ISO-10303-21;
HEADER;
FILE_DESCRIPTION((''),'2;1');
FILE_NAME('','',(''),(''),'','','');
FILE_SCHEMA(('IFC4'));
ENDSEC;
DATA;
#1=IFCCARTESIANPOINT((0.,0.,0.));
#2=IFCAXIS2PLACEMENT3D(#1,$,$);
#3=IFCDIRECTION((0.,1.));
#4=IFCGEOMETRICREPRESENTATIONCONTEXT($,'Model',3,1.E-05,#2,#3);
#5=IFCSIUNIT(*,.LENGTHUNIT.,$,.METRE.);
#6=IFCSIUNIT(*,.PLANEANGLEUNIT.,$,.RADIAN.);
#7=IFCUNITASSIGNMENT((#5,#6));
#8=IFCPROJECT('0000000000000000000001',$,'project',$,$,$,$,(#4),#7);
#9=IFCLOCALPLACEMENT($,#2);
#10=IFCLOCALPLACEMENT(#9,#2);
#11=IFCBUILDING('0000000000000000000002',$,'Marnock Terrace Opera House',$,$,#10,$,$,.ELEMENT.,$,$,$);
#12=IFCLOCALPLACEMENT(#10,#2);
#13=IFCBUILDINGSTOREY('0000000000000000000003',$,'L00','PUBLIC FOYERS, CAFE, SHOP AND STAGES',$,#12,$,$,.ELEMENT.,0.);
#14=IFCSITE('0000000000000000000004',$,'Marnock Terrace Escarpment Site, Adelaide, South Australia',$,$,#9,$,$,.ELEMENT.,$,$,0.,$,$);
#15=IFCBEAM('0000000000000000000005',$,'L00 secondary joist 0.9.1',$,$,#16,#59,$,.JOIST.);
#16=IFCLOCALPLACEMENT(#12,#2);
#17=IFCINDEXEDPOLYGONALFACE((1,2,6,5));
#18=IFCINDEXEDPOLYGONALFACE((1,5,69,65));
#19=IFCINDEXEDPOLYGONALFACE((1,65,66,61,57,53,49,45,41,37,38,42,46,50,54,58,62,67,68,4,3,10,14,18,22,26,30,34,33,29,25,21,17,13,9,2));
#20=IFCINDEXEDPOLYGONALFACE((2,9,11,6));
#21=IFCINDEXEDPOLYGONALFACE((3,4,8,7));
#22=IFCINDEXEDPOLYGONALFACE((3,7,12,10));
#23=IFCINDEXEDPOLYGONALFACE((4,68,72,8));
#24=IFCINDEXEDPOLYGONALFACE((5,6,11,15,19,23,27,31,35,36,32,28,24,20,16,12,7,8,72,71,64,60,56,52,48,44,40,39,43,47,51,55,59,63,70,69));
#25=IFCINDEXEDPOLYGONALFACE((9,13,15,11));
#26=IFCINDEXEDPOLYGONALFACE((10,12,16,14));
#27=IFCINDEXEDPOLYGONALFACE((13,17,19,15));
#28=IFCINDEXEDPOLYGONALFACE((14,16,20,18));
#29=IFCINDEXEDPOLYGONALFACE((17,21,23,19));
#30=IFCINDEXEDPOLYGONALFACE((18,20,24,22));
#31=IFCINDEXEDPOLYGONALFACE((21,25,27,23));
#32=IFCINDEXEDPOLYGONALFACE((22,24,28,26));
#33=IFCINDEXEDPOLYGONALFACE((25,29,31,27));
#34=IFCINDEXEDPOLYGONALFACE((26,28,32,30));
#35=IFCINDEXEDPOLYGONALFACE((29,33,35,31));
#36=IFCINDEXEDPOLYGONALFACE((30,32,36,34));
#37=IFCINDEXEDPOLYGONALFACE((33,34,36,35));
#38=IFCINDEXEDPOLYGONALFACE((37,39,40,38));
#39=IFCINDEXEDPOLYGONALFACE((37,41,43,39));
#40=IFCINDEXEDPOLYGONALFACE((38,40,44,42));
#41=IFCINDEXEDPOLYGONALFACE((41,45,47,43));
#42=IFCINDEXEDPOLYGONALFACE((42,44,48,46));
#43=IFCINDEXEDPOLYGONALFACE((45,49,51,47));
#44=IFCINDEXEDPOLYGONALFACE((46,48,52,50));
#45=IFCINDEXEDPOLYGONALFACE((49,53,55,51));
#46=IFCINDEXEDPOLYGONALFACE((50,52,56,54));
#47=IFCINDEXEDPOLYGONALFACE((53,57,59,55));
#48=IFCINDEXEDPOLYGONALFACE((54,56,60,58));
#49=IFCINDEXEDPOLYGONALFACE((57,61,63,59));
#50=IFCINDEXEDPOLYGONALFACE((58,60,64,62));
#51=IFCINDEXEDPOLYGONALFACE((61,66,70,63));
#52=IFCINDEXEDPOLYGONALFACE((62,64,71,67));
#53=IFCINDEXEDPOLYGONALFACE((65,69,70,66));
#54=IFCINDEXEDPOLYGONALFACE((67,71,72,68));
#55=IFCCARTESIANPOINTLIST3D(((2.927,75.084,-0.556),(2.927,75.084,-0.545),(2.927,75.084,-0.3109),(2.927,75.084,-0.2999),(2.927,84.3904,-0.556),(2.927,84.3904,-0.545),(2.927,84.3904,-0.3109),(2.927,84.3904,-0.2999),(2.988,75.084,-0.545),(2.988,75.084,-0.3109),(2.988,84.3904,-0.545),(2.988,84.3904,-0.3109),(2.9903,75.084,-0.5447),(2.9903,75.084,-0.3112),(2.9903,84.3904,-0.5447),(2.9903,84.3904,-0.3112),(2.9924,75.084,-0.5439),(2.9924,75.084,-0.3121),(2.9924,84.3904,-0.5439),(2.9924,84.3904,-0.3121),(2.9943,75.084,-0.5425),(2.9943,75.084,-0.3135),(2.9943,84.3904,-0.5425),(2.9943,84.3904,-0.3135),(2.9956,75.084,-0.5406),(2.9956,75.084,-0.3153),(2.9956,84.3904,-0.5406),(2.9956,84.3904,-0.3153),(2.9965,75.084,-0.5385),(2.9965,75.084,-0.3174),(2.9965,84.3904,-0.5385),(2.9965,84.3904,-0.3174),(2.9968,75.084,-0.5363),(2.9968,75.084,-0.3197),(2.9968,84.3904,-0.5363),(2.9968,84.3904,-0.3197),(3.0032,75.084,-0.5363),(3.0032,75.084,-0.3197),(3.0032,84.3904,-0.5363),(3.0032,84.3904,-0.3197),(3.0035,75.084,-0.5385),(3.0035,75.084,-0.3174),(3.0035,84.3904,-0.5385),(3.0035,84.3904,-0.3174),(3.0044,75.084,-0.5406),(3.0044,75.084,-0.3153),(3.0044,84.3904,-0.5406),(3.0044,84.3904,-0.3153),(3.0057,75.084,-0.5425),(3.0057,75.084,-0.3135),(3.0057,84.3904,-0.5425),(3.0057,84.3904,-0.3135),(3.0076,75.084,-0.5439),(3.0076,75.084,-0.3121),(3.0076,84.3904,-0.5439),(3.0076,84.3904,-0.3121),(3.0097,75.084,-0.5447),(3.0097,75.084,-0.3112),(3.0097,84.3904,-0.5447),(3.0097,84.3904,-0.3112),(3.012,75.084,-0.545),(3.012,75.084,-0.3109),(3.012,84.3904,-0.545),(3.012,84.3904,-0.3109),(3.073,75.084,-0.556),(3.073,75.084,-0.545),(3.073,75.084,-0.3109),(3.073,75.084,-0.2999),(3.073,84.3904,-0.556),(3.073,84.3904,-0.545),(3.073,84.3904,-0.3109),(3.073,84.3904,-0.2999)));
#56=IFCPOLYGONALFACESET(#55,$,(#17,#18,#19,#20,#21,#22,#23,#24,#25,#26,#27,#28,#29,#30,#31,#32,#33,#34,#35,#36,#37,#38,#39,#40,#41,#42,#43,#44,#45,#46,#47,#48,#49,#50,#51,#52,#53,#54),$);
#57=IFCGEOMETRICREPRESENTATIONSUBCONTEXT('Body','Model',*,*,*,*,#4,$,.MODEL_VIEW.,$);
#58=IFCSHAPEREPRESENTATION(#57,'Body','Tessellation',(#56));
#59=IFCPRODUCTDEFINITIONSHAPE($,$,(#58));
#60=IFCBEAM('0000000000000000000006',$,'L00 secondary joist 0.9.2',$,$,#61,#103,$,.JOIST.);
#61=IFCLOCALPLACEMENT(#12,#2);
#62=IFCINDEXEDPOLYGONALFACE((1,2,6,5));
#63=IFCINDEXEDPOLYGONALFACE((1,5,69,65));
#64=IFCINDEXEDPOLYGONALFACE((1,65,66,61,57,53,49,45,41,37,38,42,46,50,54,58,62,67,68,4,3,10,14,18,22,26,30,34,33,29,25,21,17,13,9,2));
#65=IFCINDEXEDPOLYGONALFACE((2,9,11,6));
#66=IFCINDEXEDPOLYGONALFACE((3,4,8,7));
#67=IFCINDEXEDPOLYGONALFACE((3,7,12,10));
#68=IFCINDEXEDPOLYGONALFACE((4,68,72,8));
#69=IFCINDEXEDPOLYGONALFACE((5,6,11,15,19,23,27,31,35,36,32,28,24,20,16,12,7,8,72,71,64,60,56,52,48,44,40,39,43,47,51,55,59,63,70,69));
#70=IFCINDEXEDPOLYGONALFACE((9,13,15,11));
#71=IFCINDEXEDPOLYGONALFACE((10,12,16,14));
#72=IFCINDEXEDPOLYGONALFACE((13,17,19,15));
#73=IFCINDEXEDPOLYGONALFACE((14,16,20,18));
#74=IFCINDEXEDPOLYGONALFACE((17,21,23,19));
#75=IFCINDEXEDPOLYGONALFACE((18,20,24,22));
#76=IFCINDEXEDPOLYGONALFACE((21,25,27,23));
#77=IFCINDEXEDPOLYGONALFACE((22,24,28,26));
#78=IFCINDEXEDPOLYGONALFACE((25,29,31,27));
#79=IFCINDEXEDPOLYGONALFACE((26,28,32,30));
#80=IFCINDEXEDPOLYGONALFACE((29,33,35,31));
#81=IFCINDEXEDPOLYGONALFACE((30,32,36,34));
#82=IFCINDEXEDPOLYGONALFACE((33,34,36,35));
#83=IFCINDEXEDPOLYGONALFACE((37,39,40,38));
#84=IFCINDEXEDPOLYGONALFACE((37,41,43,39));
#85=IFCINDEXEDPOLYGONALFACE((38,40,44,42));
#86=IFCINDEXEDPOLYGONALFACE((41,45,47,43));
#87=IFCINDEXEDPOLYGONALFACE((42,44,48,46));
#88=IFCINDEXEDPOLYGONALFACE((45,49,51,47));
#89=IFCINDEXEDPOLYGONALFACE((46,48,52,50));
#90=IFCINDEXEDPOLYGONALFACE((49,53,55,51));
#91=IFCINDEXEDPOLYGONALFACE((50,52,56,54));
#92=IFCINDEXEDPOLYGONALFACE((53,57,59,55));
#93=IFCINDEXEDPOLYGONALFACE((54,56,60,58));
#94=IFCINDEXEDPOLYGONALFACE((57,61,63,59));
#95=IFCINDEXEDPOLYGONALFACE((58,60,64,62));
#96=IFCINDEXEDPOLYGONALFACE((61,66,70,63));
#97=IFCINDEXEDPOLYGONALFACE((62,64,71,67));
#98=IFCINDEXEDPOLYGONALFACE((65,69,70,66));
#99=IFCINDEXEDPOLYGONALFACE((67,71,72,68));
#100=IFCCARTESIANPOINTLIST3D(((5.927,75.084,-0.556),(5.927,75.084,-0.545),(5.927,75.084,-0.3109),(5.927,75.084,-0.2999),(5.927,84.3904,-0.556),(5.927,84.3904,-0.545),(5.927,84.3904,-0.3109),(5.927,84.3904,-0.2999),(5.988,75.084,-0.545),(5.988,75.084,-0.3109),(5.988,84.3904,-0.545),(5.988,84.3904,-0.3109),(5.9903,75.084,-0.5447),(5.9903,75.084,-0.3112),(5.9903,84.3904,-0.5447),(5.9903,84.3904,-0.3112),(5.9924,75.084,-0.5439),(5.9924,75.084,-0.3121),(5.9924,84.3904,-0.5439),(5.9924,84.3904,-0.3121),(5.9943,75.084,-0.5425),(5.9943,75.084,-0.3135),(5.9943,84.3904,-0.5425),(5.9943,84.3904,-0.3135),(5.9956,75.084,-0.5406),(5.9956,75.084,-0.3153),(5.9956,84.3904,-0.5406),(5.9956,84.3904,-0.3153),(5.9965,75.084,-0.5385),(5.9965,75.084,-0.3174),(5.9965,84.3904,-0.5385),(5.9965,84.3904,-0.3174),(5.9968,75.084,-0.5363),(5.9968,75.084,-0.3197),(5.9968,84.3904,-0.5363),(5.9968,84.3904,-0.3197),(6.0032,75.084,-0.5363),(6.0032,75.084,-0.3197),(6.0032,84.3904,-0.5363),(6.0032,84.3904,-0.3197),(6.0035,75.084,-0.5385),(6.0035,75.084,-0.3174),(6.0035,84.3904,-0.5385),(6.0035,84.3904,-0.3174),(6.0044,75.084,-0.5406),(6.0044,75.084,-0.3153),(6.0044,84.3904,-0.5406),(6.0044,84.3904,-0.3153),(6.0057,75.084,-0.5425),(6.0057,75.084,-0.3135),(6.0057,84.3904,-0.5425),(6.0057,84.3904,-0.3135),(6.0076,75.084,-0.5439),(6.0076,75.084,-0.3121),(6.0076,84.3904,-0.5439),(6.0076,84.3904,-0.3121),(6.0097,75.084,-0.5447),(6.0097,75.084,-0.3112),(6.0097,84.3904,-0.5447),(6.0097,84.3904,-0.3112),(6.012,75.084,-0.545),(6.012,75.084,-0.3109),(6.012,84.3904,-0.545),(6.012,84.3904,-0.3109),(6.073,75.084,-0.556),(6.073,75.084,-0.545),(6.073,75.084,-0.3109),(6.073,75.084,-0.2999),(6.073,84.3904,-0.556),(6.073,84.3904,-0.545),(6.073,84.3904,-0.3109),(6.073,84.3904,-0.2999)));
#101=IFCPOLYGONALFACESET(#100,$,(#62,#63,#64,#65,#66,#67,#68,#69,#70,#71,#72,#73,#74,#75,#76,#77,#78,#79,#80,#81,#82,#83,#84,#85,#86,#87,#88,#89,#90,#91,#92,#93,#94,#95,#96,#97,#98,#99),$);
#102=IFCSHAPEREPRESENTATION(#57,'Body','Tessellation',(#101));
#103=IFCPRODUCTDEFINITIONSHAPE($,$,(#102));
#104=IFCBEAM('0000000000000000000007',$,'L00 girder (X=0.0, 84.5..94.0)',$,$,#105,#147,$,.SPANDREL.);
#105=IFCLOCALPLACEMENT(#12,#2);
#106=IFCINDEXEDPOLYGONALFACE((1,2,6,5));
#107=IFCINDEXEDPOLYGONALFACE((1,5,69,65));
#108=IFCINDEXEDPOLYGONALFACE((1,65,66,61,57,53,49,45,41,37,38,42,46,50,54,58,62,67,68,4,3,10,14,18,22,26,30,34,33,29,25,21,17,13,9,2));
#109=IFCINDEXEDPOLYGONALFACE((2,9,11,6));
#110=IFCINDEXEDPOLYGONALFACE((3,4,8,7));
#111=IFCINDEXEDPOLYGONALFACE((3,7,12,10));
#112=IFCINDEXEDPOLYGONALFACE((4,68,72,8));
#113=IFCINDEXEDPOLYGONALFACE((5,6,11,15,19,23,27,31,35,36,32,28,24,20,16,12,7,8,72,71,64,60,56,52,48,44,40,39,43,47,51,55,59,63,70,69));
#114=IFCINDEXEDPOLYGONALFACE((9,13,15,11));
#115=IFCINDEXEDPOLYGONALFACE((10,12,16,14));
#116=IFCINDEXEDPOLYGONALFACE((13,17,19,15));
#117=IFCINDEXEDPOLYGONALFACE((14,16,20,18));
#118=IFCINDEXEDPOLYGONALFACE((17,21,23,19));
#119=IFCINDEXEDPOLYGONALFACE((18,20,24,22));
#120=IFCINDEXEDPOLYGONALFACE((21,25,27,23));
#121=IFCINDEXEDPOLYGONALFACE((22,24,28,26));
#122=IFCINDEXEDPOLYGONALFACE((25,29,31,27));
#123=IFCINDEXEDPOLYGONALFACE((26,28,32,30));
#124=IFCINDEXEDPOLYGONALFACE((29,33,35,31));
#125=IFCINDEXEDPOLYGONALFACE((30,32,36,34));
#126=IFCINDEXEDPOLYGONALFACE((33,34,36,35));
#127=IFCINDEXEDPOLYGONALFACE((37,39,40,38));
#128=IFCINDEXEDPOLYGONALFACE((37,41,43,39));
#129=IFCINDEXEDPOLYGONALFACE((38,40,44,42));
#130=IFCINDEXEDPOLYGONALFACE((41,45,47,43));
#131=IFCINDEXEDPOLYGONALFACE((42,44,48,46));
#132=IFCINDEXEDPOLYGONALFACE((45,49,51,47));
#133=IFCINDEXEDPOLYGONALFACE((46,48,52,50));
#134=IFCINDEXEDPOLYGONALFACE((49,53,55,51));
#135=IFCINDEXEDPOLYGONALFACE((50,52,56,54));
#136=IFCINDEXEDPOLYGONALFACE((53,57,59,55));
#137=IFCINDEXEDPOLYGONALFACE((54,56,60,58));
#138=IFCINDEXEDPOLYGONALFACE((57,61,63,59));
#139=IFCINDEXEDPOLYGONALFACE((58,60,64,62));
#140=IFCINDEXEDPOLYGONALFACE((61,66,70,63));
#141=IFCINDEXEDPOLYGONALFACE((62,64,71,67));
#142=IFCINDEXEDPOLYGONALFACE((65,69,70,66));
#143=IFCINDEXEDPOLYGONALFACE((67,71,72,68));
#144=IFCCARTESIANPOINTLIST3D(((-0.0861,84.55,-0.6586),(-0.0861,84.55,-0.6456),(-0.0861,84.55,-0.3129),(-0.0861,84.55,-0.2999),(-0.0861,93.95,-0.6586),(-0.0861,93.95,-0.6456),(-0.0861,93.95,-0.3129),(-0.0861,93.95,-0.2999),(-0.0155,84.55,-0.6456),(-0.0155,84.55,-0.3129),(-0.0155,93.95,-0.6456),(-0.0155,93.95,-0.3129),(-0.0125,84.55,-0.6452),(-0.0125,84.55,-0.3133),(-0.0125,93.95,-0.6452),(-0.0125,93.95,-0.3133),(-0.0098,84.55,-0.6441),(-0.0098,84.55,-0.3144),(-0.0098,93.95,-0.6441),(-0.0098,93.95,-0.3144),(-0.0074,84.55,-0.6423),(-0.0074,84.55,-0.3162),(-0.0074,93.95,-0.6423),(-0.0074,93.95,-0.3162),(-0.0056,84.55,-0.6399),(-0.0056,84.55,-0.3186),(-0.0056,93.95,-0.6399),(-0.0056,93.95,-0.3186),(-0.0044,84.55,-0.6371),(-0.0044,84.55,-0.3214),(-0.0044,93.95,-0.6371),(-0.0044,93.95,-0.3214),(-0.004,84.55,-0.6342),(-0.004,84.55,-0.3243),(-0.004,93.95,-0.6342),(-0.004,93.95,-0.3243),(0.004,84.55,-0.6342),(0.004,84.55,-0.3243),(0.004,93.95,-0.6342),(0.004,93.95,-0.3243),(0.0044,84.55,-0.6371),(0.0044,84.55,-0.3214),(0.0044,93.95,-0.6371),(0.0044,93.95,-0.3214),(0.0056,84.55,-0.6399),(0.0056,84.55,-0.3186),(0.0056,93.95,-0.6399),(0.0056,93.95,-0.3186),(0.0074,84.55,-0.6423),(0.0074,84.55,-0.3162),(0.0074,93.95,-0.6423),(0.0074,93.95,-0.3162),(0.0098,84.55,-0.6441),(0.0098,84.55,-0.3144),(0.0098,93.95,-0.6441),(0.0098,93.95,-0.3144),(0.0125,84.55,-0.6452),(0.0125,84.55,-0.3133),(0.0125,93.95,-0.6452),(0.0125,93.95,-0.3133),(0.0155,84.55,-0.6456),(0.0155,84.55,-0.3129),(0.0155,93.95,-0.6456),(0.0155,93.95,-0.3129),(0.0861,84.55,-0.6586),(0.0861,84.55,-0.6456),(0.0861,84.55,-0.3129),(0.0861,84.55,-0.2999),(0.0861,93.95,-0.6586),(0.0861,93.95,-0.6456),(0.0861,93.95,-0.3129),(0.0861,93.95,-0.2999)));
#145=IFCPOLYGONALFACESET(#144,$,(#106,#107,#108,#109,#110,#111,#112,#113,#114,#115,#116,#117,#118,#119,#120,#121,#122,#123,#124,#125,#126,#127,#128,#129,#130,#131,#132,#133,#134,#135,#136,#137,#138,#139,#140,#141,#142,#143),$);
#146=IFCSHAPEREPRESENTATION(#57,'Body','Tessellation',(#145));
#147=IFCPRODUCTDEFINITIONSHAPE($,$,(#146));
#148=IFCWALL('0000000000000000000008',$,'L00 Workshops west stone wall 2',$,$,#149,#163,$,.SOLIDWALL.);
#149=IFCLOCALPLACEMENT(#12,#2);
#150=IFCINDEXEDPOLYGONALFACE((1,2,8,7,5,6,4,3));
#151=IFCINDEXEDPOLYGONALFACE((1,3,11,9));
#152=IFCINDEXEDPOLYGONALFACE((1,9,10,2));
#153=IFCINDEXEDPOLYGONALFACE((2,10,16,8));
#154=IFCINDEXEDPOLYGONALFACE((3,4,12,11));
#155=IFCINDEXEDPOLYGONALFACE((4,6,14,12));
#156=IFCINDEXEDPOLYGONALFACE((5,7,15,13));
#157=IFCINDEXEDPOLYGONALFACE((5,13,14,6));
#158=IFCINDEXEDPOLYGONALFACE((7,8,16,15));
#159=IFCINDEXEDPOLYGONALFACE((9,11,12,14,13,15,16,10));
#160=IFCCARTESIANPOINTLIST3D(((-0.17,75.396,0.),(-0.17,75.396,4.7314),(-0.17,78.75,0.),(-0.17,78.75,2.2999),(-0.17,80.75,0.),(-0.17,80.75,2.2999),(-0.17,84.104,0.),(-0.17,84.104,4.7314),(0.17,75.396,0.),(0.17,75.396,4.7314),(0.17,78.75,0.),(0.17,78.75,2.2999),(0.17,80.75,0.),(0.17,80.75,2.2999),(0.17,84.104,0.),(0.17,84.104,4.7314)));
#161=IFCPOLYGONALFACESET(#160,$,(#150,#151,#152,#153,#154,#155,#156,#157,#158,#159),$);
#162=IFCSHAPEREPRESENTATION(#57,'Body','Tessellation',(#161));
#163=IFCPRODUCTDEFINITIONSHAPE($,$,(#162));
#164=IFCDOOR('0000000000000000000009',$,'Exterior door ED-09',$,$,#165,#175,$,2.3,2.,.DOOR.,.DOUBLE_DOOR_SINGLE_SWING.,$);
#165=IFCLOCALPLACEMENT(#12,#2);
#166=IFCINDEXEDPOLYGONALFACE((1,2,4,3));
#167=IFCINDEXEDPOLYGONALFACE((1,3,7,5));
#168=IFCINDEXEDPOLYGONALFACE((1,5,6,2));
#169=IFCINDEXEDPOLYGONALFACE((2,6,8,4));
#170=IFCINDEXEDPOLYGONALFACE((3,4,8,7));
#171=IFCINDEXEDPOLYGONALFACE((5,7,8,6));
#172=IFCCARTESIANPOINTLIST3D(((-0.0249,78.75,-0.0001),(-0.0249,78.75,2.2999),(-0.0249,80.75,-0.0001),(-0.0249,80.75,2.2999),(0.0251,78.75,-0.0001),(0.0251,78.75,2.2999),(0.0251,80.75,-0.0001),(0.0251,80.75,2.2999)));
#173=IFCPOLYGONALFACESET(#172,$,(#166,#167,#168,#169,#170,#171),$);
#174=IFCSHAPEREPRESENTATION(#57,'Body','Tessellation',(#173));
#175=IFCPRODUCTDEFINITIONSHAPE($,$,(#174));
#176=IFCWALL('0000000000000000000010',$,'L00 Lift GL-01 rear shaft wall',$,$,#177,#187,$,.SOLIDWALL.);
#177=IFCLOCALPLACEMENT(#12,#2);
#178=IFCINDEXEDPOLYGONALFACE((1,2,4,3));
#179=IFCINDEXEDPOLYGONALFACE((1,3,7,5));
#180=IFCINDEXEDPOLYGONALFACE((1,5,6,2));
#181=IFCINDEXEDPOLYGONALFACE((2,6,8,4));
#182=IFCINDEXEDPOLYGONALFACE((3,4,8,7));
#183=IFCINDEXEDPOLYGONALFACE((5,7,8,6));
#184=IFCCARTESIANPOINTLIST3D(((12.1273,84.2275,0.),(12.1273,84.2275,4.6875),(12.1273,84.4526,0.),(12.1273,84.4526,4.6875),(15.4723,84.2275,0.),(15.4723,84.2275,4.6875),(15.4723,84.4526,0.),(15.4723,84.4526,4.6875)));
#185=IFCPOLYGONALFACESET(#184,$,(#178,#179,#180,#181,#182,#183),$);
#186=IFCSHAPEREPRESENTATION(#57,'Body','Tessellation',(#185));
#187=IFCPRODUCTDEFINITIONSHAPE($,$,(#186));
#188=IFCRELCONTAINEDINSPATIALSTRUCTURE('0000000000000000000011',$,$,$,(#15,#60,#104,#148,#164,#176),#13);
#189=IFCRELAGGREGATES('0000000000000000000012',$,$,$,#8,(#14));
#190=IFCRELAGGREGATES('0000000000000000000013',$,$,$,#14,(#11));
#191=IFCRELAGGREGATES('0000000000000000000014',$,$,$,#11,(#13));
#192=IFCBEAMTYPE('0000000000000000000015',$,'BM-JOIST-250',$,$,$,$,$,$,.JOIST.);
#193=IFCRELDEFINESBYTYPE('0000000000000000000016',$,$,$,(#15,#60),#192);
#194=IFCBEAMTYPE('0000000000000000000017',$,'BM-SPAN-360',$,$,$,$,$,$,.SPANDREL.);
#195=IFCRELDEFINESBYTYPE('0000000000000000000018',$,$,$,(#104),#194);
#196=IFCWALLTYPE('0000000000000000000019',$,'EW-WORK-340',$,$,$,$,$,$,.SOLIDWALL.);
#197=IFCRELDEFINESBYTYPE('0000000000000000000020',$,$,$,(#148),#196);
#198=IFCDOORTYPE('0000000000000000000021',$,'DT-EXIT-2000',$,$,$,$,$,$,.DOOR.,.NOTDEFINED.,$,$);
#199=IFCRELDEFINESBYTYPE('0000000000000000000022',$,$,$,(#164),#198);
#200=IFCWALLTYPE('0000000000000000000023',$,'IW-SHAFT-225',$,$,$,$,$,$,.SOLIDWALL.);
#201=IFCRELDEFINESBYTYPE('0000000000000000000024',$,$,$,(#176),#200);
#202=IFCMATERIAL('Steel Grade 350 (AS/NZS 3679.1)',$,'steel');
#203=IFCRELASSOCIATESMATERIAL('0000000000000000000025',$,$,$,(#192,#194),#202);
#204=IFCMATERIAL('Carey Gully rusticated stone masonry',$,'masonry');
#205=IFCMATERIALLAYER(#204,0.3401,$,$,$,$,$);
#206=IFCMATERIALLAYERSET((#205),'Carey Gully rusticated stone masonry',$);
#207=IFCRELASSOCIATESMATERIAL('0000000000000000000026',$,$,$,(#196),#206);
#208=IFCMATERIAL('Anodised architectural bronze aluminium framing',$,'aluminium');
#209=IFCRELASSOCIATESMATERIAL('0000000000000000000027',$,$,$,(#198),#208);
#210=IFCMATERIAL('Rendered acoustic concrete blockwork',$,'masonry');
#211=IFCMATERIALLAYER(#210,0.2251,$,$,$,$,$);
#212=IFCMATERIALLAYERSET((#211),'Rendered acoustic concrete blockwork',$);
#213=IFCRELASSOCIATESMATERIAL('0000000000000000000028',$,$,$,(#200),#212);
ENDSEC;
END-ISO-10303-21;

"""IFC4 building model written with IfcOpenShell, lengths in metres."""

from ifc_helpers import new_model, si_unit, direction, frame, frame_2d, origin, origin_2d, place, context, subcontext, project, spatial, rectangle, i_section, extrude, material, layer, layer_set, material_profile, profile_set, type_object, element, fill, save


model = new_model("IFC4")

# Units and contexts
model_context = context("Model", 3, precision=1e-05, world=origin(), true_north=direction((0.0, 1.0)))
body_context = subcontext(model_context, "Body", "Model", "MODEL_VIEW")
ifc_project = project(units=[si_unit("LENGTHUNIT", "METRE"), si_unit("PLANEANGLEUNIT", "RADIAN")], contexts=[model_context])

# Site, building, storey
site_placement = place(None, origin())
site = spatial("IfcSite", under=ifc_project, at=site_placement, Name="Marnock Terrace Escarpment Site, Adelaide, South Australia", CompositionType="ELEMENT", RefElevation=0.0)
building_placement = place(site_placement, origin())
building = spatial("IfcBuilding", under=site, at=building_placement, Name="Marnock Terrace Opera House", CompositionType="ELEMENT")
storey_placement = place(building_placement, origin())
storey = spatial("IfcBuildingStorey", under=building, at=storey_placement, Name="L00", Description="PUBLIC FOYERS, CAFE, SHOP AND STAGES", CompositionType="ELEMENT", Elevation=0.0)

# Shared definitions
ifc_material_1 = material(Name="Steel Grade 350 (AS/NZS 3679.1)", Category="steel")

# Beams
ifc_material_profile_1 = material_profile(ifc_material_1, i_section(OverallWidth=0.146, OverallDepth=0.2561, WebThickness=0.0063, FlangeThickness=0.011, FilletRadius=0.0088, at=origin_2d()))
ifc_profile_set_1 = profile_set([ifc_material_profile_1], Name="Steel Grade 350 (AS/NZS 3679.1)")
beam_type_1 = type_object("IfcBeamType", Name="BM-JOIST-250", PredefinedType="JOIST", material=ifc_profile_set_1)
for number, where, z_axis, x_axis, name in (
    (1, (3.0, 75.084, -0.428), (0.0, 1.0, 0.0), (-1.0, 0.0, 0.0), "L00 secondary joist 0.9.1"),
    (2, (6.0, 75.084, -0.428), (0.0, 1.0, 0.0), (-1.0, 0.0, 0.0), "L00 secondary joist 0.9.2"),
):
    element("IfcBeam", number, at=place(storey_placement, frame(where, z_axis=z_axis, x_axis=x_axis)), inside=storey, type_object=beam_type_1, Name=name, PredefinedType="JOIST", context=body_context, shape_type="SweptSolid", body=[
        extrude(i_section(OverallWidth=0.146, OverallDepth=0.2561, WebThickness=0.0063, FlangeThickness=0.011, FilletRadius=0.0088, at=origin_2d()), origin(), (0.0, 0.0, 1.0), 9.3064),
    ])
ifc_material_profile_2 = material_profile(ifc_material_1, i_section(OverallWidth=0.1721, OverallDepth=0.3586, WebThickness=0.0081, FlangeThickness=0.0129, FilletRadius=0.0115, at=origin_2d()))
ifc_profile_set_2 = profile_set([ifc_material_profile_2], Name="Steel Grade 350 (AS/NZS 3679.1)")
beam_type_2 = type_object("IfcBeamType", Name="BM-SPAN-360", PredefinedType="SPANDREL", material=ifc_profile_set_2)
beam_1_placement = place(storey_placement, frame((0.0, 84.55, -0.4792), z_axis=(0.0, 1.0, 0.0), x_axis=(-1.0, 0.0, 0.0)))
element("IfcBeam", 3, at=beam_1_placement, inside=storey, type_object=beam_type_2, Name="L00 girder (X=0.0, 84.5..94.0)", PredefinedType="SPANDREL", context=body_context, shape_type="SweptSolid", body=[
    extrude(i_section(OverallWidth=0.1721, OverallDepth=0.3586, WebThickness=0.0081, FlangeThickness=0.0129, FilletRadius=0.0115, at=origin_2d()), origin(), (0.0, 0.0, 1.0), 9.3999),
])

# Wall, opening, door
ifc_material_2 = material(Name="Carey Gully rusticated stone masonry", Category="masonry")
ifc_layer_1 = layer(ifc_material_2, 0.3401)
ifc_layer_set_1 = layer_set([ifc_layer_1], Name="Carey Gully rusticated stone masonry")
wall_type_1 = type_object("IfcWallType", Name="EW-WORK-340", PredefinedType="SOLIDWALL", material=ifc_layer_set_1)
wall_1_placement = place(storey_placement, frame((0.0, 75.396, 0.0), z_axis=(0.0, 0.0, 1.0), x_axis=(0.0, 1.0, 0.0)))
wall_1 = element("IfcWall", 4, at=wall_1_placement, inside=storey, type_object=wall_type_1, Name="L00 Workshops west stone wall 2", PredefinedType="SOLIDWALL", context=body_context, shape_type="SweptSolid", body=[
    extrude(rectangle(XDim=8.708, YDim=0.3401, at=frame_2d((4.354, 0.0))), origin(), (0.0, 0.0, 1.0), 4.7314),
])
opening_1_placement = place(wall_1_placement, frame((3.354, 0.0, 0.0)))
opening_1 = element("IfcOpeningElement", 5, at=opening_1_placement, cuts=wall_1, PredefinedType="OPENING", context=body_context, shape_type="SweptSolid", body=[
    extrude(rectangle(XDim=2.0, YDim=2.3, at=frame_2d((1.0, 1.1499))), frame((0.0, 0.1799, 0.0), z_axis=(0.0, -1.0, 0.0), x_axis=(1.0, 0.0, 0.0)), (0.0, 0.0, 1.0), 0.3601),
])
ifc_material_3 = material(Name="Anodised architectural bronze aluminium framing", Category="aluminium")
door_type_1 = type_object("IfcDoorType", Name="DT-EXIT-2000", OperationType="NOTDEFINED", PredefinedType="DOOR", material=ifc_material_3)
door_1_placement = place(opening_1_placement, origin())
door_1 = element("IfcDoor", 6, at=door_1_placement, inside=storey, type_object=door_type_1, Name="Exterior door ED-09", OperationType="DOUBLE_DOOR_SINGLE_SWING", OverallHeight=2.3, OverallWidth=2.0, PredefinedType="DOOR", context=body_context, shape_type="SweptSolid", body=[
    extrude(rectangle(XDim=2.0, YDim=2.3, at=frame_2d((1.0, 1.1499))), frame((0.0, 0.0249, 0.0), z_axis=(0.0, -1.0, 0.0), x_axis=(1.0, 0.0, 0.0)), (0.0, 0.0, 1.0), 0.05),
])
fill(opening_1, door_1)

# Wall
ifc_material_4 = material(Name="Rendered acoustic concrete blockwork", Category="masonry")
ifc_layer_2 = layer(ifc_material_4, 0.2251)
ifc_layer_set_2 = layer_set([ifc_layer_2], Name="Rendered acoustic concrete blockwork")
wall_type_2 = type_object("IfcWallType", Name="IW-SHAFT-225", PredefinedType="SOLIDWALL", material=ifc_layer_set_2)
wall_2_placement = place(storey_placement, frame((12.1274, 84.3401, 0.0), z_axis=(0.0, 0.0, 1.0), x_axis=(1.0, 0.0, 0.0)))
element("IfcWall", 7, at=wall_2_placement, inside=storey, type_object=wall_type_2, Name="L00 Lift GL-01 rear shaft wall", PredefinedType="SOLIDWALL", context=body_context, shape_type="SweptSolid", body=[
    extrude(rectangle(XDim=3.345, YDim=0.2251, at=frame_2d((1.6724, 0.0))), origin(), (0.0, 0.0, 1.0), 4.6875),
])

save(model, "model.ifc")
